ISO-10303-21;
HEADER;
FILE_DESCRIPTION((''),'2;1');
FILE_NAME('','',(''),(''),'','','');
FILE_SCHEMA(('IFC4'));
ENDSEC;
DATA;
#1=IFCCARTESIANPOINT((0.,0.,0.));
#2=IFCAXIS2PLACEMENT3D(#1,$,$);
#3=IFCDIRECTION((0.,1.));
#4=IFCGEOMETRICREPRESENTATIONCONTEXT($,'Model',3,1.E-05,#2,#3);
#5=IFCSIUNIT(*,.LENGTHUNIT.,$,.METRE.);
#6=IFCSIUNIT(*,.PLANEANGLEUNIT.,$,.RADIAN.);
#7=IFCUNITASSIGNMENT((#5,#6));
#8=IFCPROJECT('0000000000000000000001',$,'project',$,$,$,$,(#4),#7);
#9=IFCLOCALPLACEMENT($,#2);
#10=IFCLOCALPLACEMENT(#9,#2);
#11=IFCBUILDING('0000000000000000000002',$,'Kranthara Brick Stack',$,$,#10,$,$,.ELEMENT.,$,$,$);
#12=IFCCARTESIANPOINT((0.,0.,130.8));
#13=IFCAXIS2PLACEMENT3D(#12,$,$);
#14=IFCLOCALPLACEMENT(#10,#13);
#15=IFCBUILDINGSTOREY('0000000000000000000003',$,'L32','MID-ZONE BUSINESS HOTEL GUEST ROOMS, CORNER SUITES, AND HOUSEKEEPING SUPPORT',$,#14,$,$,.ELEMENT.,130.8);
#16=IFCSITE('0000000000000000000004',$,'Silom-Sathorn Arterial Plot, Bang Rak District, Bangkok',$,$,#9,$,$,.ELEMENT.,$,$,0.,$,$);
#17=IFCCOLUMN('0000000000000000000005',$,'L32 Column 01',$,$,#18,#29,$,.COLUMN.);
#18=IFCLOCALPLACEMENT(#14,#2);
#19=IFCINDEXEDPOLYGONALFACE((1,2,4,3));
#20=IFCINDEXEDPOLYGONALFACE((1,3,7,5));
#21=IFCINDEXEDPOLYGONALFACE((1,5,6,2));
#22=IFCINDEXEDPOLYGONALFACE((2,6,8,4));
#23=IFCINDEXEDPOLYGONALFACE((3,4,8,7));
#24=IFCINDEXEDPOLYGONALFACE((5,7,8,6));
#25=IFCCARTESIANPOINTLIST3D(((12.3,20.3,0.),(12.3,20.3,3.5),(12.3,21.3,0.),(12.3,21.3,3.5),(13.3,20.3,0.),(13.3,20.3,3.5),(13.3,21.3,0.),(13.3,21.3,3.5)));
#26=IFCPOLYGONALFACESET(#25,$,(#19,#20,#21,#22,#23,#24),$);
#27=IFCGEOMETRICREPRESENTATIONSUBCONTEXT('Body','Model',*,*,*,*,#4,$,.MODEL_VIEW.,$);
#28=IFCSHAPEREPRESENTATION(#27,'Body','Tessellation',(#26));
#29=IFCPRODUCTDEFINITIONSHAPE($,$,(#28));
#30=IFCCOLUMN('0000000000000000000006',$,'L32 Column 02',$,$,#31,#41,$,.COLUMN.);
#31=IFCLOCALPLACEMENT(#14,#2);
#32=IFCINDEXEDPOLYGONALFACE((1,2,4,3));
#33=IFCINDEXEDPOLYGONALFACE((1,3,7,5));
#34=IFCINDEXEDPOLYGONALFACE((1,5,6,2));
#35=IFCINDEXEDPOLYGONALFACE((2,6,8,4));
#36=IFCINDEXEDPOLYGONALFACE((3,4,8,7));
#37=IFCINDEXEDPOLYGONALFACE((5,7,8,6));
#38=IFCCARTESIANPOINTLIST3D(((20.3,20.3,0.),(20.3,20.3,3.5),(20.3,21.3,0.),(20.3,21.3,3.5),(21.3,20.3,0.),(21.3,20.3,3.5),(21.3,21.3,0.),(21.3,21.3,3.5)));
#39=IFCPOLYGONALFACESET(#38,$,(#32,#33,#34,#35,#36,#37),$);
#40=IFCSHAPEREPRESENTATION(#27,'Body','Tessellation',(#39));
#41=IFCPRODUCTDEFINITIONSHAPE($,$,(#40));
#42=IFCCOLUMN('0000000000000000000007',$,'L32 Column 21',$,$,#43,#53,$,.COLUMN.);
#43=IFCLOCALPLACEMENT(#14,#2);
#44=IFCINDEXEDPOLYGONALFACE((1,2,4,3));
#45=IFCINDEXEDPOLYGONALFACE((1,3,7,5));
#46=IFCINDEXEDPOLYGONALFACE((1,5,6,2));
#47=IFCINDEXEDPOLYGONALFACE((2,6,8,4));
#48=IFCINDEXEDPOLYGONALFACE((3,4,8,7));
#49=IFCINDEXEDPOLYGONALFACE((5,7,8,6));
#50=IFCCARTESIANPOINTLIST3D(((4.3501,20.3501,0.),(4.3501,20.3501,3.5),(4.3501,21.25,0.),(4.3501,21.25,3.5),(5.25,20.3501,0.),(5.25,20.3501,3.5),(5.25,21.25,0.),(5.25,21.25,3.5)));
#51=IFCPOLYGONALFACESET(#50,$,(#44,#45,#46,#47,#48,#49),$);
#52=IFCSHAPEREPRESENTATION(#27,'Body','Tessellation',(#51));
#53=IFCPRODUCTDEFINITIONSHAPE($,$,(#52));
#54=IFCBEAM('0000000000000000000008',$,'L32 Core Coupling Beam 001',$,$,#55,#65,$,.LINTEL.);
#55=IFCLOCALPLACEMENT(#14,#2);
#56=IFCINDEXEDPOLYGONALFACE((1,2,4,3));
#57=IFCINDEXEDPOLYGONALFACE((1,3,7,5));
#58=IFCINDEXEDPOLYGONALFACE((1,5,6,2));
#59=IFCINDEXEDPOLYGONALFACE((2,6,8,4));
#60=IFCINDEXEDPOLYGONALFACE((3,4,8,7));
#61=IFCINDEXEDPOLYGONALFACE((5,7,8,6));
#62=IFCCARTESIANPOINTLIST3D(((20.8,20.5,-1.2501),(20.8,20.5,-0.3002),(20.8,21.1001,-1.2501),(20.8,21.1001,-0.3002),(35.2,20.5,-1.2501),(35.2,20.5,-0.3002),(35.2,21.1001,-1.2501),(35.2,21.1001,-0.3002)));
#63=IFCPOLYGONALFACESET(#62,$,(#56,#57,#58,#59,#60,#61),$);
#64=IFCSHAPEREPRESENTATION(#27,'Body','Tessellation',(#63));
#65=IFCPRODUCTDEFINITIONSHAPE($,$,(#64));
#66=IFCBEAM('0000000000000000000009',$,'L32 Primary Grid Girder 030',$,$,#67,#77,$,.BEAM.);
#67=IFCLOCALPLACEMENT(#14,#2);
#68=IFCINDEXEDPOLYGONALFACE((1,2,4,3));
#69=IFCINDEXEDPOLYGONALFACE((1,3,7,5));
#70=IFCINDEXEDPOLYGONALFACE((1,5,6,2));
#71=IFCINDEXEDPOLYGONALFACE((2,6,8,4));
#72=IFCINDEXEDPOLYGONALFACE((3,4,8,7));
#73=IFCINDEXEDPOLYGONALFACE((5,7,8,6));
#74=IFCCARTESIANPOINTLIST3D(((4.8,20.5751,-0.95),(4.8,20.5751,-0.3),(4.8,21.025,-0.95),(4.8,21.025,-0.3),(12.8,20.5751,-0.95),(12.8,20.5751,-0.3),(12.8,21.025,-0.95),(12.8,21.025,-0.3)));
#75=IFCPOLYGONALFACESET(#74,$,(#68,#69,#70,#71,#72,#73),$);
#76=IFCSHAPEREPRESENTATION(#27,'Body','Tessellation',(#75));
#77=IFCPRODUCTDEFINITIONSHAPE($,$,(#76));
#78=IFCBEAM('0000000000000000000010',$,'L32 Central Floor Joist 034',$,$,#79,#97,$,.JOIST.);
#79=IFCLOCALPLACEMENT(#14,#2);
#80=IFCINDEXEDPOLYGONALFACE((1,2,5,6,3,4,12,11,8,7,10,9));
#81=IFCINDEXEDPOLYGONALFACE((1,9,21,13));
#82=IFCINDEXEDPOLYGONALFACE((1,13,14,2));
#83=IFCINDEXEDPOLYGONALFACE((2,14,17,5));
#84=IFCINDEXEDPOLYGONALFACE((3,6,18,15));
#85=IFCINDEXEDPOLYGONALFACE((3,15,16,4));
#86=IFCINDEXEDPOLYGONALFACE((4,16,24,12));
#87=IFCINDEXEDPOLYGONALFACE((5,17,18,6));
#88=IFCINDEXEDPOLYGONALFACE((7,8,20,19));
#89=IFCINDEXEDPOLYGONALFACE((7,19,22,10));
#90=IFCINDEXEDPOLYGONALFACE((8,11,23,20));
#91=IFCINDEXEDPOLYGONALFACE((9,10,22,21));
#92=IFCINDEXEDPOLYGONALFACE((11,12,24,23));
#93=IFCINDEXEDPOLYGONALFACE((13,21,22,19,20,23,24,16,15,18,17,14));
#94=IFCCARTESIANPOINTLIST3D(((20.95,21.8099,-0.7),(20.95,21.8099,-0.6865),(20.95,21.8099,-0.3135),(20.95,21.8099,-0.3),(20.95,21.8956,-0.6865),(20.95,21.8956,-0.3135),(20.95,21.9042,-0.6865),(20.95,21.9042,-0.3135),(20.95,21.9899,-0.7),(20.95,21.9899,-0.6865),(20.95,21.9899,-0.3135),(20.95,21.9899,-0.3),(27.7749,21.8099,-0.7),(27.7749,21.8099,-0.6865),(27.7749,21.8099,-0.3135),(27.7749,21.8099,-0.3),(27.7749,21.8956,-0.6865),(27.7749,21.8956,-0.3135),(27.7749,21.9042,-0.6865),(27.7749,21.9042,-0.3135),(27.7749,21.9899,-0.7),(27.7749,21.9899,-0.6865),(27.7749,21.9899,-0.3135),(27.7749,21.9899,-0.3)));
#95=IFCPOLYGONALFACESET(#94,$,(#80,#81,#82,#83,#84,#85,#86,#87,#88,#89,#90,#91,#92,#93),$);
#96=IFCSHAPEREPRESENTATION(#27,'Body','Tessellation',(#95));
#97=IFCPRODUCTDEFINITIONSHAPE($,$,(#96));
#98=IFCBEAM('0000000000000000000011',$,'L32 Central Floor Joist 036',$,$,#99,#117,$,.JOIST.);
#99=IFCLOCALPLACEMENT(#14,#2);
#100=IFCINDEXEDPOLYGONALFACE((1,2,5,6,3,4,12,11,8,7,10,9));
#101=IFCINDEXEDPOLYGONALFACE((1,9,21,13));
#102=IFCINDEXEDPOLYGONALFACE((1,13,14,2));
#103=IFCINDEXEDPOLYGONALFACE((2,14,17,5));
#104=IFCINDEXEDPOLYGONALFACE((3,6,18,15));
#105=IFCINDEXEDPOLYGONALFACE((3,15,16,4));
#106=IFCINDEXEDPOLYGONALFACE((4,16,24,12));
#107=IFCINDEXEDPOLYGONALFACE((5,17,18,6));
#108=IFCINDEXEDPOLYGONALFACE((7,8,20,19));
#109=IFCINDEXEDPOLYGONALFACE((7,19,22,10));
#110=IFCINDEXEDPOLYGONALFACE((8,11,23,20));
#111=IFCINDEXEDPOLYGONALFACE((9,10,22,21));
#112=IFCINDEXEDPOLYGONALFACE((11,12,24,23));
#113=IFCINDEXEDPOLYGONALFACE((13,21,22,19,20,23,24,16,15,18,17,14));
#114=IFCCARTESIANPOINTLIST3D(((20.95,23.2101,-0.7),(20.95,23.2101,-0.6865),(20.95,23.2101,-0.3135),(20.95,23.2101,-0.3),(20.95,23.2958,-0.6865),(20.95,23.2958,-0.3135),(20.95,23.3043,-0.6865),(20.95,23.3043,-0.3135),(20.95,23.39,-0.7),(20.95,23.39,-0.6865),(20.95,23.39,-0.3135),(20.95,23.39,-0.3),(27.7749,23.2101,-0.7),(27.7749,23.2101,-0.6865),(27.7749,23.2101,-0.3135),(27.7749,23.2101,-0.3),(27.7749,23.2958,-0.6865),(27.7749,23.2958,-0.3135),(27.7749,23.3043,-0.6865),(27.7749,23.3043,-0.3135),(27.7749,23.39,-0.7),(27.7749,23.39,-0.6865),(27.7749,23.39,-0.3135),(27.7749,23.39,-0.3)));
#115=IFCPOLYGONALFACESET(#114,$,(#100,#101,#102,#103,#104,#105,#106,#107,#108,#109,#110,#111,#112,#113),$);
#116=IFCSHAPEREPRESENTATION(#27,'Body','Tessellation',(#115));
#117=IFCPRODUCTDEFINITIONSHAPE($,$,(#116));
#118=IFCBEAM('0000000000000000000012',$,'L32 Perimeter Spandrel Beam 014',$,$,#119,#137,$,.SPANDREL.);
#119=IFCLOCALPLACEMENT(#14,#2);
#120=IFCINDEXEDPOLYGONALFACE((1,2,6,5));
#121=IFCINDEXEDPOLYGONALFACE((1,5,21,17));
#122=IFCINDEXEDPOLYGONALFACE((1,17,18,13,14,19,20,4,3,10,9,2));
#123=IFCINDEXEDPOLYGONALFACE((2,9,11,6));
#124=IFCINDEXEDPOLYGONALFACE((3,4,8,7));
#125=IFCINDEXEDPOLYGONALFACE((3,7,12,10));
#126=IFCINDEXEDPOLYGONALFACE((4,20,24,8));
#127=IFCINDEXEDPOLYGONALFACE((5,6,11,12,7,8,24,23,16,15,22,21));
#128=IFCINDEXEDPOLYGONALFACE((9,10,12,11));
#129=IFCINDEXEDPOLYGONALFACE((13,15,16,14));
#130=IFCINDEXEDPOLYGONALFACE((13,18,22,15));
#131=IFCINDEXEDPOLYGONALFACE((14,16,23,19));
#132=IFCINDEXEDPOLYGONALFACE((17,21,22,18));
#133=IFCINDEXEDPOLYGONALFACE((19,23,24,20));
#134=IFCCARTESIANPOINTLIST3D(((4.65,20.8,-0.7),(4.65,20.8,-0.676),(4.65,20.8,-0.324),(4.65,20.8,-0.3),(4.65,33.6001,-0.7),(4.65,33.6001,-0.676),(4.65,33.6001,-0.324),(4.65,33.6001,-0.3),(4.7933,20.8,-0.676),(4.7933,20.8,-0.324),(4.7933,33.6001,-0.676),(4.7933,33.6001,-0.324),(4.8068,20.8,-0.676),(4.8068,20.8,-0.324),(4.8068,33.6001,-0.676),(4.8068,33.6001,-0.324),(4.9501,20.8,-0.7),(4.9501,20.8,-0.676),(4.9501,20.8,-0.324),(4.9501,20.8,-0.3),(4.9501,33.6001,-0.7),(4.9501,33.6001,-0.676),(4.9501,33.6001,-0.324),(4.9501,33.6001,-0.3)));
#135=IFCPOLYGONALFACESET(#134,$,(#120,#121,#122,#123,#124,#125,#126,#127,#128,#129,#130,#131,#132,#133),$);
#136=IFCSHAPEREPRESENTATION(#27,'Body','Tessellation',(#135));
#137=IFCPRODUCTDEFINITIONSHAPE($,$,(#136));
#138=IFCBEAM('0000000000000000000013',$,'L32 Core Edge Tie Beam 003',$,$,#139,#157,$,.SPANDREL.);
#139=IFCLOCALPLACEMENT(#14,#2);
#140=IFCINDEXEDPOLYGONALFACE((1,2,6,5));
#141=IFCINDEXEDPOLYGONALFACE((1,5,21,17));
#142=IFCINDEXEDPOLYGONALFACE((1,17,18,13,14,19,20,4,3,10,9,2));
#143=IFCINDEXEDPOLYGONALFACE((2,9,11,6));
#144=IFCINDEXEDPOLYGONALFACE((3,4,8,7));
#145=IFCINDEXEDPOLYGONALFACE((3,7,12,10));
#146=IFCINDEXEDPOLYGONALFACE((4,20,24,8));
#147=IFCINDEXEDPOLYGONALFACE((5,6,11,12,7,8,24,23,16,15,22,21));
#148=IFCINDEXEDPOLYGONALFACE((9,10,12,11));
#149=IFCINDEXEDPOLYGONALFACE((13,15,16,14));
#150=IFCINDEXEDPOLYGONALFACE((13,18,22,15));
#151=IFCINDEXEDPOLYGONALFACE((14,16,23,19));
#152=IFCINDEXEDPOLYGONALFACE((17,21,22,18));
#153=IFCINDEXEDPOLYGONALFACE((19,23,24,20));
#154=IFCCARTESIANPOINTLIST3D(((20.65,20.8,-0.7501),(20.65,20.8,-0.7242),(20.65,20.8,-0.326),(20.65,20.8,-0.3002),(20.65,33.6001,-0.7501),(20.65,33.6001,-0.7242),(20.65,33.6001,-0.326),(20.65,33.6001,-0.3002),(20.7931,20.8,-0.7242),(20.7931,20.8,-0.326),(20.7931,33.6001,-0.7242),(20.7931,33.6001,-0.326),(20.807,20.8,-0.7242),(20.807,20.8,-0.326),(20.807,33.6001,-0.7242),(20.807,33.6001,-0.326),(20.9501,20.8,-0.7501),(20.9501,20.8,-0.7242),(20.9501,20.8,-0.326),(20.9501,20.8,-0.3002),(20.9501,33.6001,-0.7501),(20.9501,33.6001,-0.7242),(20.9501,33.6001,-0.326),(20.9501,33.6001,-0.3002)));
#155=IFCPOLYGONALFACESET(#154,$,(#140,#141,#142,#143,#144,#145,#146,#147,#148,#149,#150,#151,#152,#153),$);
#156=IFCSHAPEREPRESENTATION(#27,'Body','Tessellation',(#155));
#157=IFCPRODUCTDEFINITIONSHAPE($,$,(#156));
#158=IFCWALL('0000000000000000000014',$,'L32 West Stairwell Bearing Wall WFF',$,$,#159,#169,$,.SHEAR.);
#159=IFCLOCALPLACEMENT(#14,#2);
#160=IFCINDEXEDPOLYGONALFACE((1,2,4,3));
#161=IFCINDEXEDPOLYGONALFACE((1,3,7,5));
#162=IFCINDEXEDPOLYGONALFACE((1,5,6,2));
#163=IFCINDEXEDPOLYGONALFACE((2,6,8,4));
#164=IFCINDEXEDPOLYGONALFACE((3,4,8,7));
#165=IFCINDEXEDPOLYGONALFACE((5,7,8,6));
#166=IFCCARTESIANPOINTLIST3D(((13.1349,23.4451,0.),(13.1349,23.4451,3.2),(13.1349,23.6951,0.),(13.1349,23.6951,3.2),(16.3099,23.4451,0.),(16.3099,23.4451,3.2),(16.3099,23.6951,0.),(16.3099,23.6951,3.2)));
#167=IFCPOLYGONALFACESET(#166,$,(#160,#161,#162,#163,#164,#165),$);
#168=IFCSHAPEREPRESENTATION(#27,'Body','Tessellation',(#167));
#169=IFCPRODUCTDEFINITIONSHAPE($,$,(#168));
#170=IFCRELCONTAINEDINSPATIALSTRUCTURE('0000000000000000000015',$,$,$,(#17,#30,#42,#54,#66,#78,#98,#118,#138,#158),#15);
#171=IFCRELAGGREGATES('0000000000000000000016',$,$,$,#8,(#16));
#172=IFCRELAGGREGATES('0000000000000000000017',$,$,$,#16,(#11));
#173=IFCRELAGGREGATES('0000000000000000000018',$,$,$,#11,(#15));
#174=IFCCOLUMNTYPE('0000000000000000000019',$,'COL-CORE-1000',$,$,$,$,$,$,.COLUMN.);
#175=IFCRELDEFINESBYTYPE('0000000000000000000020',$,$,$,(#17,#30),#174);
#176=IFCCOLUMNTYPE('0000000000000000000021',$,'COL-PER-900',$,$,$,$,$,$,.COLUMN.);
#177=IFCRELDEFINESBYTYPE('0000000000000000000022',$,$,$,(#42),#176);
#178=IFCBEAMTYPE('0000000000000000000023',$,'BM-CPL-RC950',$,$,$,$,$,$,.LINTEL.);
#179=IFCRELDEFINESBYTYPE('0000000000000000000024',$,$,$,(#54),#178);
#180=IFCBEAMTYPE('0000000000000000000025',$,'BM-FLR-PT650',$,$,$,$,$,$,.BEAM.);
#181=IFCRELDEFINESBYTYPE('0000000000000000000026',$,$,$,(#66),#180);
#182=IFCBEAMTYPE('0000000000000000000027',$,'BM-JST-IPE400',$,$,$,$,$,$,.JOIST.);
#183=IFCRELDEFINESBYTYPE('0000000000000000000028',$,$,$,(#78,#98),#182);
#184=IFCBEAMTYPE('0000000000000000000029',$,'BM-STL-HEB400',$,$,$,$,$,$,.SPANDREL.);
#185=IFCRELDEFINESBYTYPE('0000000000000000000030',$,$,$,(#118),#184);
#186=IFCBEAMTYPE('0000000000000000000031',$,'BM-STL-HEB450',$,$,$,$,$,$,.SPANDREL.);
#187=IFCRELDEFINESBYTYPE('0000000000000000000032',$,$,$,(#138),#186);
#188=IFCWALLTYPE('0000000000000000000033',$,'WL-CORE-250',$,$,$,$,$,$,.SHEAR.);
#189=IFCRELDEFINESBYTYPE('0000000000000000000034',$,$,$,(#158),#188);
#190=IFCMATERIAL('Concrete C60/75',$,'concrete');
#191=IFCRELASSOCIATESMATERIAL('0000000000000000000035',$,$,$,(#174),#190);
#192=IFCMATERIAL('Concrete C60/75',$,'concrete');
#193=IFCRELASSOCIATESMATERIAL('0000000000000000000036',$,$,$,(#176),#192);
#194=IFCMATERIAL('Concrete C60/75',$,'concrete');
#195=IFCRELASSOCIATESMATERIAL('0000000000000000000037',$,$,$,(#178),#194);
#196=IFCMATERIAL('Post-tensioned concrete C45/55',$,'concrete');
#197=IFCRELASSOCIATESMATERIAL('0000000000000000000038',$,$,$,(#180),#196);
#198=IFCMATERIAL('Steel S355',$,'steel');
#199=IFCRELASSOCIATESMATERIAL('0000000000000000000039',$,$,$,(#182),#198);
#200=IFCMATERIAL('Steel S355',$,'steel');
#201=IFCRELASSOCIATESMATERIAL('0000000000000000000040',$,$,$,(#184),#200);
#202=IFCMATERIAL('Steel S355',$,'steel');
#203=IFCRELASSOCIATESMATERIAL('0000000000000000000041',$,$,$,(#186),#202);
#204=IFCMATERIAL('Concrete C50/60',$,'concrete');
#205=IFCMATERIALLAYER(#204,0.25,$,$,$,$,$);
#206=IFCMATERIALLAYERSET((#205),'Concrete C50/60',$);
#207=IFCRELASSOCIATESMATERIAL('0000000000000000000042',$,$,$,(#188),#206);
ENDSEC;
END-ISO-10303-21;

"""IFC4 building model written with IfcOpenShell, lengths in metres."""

from ifc_helpers import new_model, si_unit, direction, frame, frame_2d, origin, origin_2d, place, context, subcontext, project, spatial, rectangle, i_section, extrude, material, layer, layer_set, material_profile, profile_set, type_object, element, save


model = new_model("IFC4")

# Units and contexts
model_context = context("Model", 3, precision=1e-05, world=origin(), true_north=direction((0.0, 1.0)))
body_context = subcontext(model_context, "Body", "Model", "MODEL_VIEW")
ifc_project = project(units=[si_unit("LENGTHUNIT", "METRE"), si_unit("PLANEANGLEUNIT", "RADIAN")], contexts=[model_context])

# Site, building, storey
site_placement = place(None, origin())
site = spatial("IfcSite", under=ifc_project, at=site_placement, Name="Silom-Sathorn Arterial Plot, Bang Rak District, Bangkok", CompositionType="ELEMENT", RefElevation=0.0)
building_placement = place(site_placement, origin())
building = spatial("IfcBuilding", under=site, at=building_placement, Name="Kranthara Brick Stack", CompositionType="ELEMENT")
storey_placement = place(building_placement, frame((0.0, 0.0, 130.8)))
storey = spatial("IfcBuildingStorey", under=building, at=storey_placement, Name="L32", Description="MID-ZONE BUSINESS HOTEL GUEST ROOMS, CORNER SUITES, AND HOUSEKEEPING SUPPORT", CompositionType="ELEMENT", Elevation=130.8)

# Columns
ifc_material_1 = material(Name="Concrete C60/75", Category="concrete")
ifc_material_profile_1 = material_profile(ifc_material_1, rectangle(XDim=1.0, YDim=1.0, at=origin_2d()), Name="RC 1000x1000")
ifc_profile_set_1 = profile_set([ifc_material_profile_1], Name="Concrete C60/75")
column_type_1 = type_object("IfcColumnType", Name="COL-CORE-1000", PredefinedType="COLUMN", material=ifc_profile_set_1)
for number, where, z_axis, x_axis, name in (
    (1, (12.8, 20.8, 0.0), (0.0, 0.0, 1.0), (1.0, 0.0, 0.0), "L32 Column 01"),
    (2, (20.8, 20.8, 0.0), (0.0, 0.0, 1.0), (1.0, 0.0, 0.0), "L32 Column 02"),
):
    element("IfcColumn", number, at=place(storey_placement, frame(where, z_axis=z_axis, x_axis=x_axis)), inside=storey, type_object=column_type_1, Name=name, PredefinedType="COLUMN", context=body_context, shape_type="SweptSolid", body=[
        extrude(rectangle(XDim=1.0, YDim=1.0, at=origin_2d()), origin(), (0.0, 0.0, 1.0), 3.5),
    ])
ifc_material_2 = material(Name="Concrete C60/75", Category="concrete")
ifc_material_profile_2 = material_profile(ifc_material_2, rectangle(XDim=0.8999, YDim=0.8999, at=origin_2d()), Name="RC 900x900")
ifc_profile_set_2 = profile_set([ifc_material_profile_2], Name="Concrete C60/75")
column_type_2 = type_object("IfcColumnType", Name="COL-PER-900", PredefinedType="COLUMN", material=ifc_profile_set_2)
column_placement = place(storey_placement, frame((4.8, 20.8, 0.0), z_axis=(0.0, 0.0, 1.0), x_axis=(1.0, 0.0, 0.0)))
element("IfcColumn", 3, at=column_placement, inside=storey, type_object=column_type_2, Name="L32 Column 21", PredefinedType="COLUMN", context=body_context, shape_type="SweptSolid", body=[
    extrude(rectangle(XDim=0.8999, YDim=0.8999, at=origin_2d()), origin(), (0.0, 0.0, 1.0), 3.5),
])

# Beams
ifc_material_3 = material(Name="Concrete C60/75", Category="concrete")
ifc_material_profile_3 = material_profile(ifc_material_3, rectangle(XDim=0.6001, YDim=0.95, at=origin_2d()), Name="RC 600x950")
ifc_profile_set_3 = profile_set([ifc_material_profile_3], Name="Concrete C60/75")
beam_type_1 = type_object("IfcBeamType", Name="BM-CPL-RC950", PredefinedType="LINTEL", material=ifc_profile_set_3)
beam_1_placement = place(storey_placement, frame((20.8, 20.8, -0.7751), z_axis=(1.0, 0.0, 0.0), x_axis=(0.0, 1.0, 0.0)))
element("IfcBeam", 4, at=beam_1_placement, inside=storey, type_object=beam_type_1, Name="L32 Core Coupling Beam 001", PredefinedType="LINTEL", context=body_context, shape_type="SweptSolid", body=[
    extrude(rectangle(XDim=0.6001, YDim=0.95, at=origin_2d()), origin(), (0.0, 0.0, 1.0), 14.3999),
])
ifc_material_4 = material(Name="Post-tensioned concrete C45/55", Category="concrete")
ifc_material_profile_4 = material_profile(ifc_material_4, rectangle(XDim=0.45, YDim=0.6499, at=origin_2d()), Name="PT 450x650")
ifc_profile_set_4 = profile_set([ifc_material_profile_4], Name="Post-tensioned concrete C45/55")
beam_type_2 = type_object("IfcBeamType", Name="BM-FLR-PT650", PredefinedType="BEAM", material=ifc_profile_set_4)
beam_2_placement = place(storey_placement, frame((4.8, 20.8, -0.625), z_axis=(1.0, 0.0, 0.0), x_axis=(0.0, 1.0, 0.0)))
element("IfcBeam", 5, at=beam_2_placement, inside=storey, type_object=beam_type_2, Name="L32 Primary Grid Girder 030", PredefinedType="BEAM", context=body_context, shape_type="SweptSolid", body=[
    extrude(rectangle(XDim=0.45, YDim=0.6499, at=origin_2d()), origin(), (0.0, 0.0, 1.0), 8.0),
])
ifc_material_5 = material(Name="Steel S355", Category="steel")
ifc_material_profile_5 = material_profile(ifc_material_5, i_section(OverallWidth=0.1799, OverallDepth=0.3999, WebThickness=0.0085, FlangeThickness=0.0134, at=origin_2d()), Name="IPE 400")
ifc_profile_set_5 = profile_set([ifc_material_profile_5], Name="Steel S355")
beam_type_3 = type_object("IfcBeamType", Name="BM-JST-IPE400", PredefinedType="JOIST", material=ifc_profile_set_5)
for number, where, z_axis, x_axis, name in (
    (6, (20.95, 21.8999, -0.5), (1.0, 0.0, 0.0), (0.0, 1.0, 0.0), "L32 Central Floor Joist 034"),
    (7, (20.95, 23.3, -0.5), (1.0, 0.0, 0.0), (0.0, 1.0, 0.0), "L32 Central Floor Joist 036"),
):
    element("IfcBeam", number, at=place(storey_placement, frame(where, z_axis=z_axis, x_axis=x_axis)), inside=storey, type_object=beam_type_3, Name=name, PredefinedType="JOIST", context=body_context, shape_type="SweptSolid", body=[
        extrude(i_section(OverallWidth=0.1799, OverallDepth=0.3999, WebThickness=0.0085, FlangeThickness=0.0134, at=origin_2d()), origin(), (0.0, 0.0, 1.0), 6.825),
    ])
ifc_material_6 = material(Name="Steel S355", Category="steel")
ifc_material_profile_6 = material_profile(ifc_material_6, i_section(OverallWidth=0.3, OverallDepth=0.3999, WebThickness=0.0134, FlangeThickness=0.0239, at=origin_2d()), Name="HEB 400")
ifc_profile_set_6 = profile_set([ifc_material_profile_6], Name="Steel S355")
beam_type_4 = type_object("IfcBeamType", Name="BM-STL-HEB400", PredefinedType="SPANDREL", material=ifc_profile_set_6)
beam_3_placement = place(storey_placement, frame((4.8, 20.8, -0.5), z_axis=(0.0, 1.0, 0.0), x_axis=(-1.0, 0.0, 0.0)))
element("IfcBeam", 8, at=beam_3_placement, inside=storey, type_object=beam_type_4, Name="L32 Perimeter Spandrel Beam 014", PredefinedType="SPANDREL", context=body_context, shape_type="SweptSolid", body=[
    extrude(i_section(OverallWidth=0.3, OverallDepth=0.3999, WebThickness=0.0134, FlangeThickness=0.0239, at=origin_2d()), origin(), (0.0, 0.0, 1.0), 12.8),
])
ifc_material_7 = material(Name="Steel S355", Category="steel")
ifc_material_profile_7 = material_profile(ifc_material_7, i_section(OverallWidth=0.3, OverallDepth=0.45, WebThickness=0.0139, FlangeThickness=0.0259, at=origin_2d()), Name="HEB 450")
ifc_profile_set_7 = profile_set([ifc_material_profile_7], Name="Steel S355")
beam_type_5 = type_object("IfcBeamType", Name="BM-STL-HEB450", PredefinedType="SPANDREL", material=ifc_profile_set_7)
beam_4_placement = place(storey_placement, frame((20.8, 20.8, -0.5251), z_axis=(0.0, 1.0, 0.0), x_axis=(-1.0, 0.0, 0.0)))
element("IfcBeam", 9, at=beam_4_placement, inside=storey, type_object=beam_type_5, Name="L32 Core Edge Tie Beam 003", PredefinedType="SPANDREL", context=body_context, shape_type="SweptSolid", body=[
    extrude(i_section(OverallWidth=0.3, OverallDepth=0.45, WebThickness=0.0139, FlangeThickness=0.0259, at=origin_2d()), origin(), (0.0, 0.0, 1.0), 12.8),
])

# Shared definitions
ifc_material_8 = material(Name="Concrete C50/60", Category="concrete")
ifc_layer_1 = layer(ifc_material_8, 0.25)
ifc_layer_set_1 = layer_set([ifc_layer_1], Name="Concrete C50/60")
wall_type_1 = type_object("IfcWallType", Name="WL-CORE-250", PredefinedType="SHEAR", material=ifc_layer_set_1)

# Wall
wall_1_placement = place(storey_placement, frame((13.135, 23.5701, 0.0), z_axis=(0.0, 0.0, 1.0), x_axis=(1.0, 0.0, 0.0)))
element("IfcWall", 10, at=wall_1_placement, inside=storey, type_object=wall_type_1, Name="L32 West Stairwell Bearing Wall WFF", PredefinedType="SHEAR", context=body_context, shape_type="SweptSolid", body=[
    extrude(rectangle(XDim=3.175, YDim=0.25, at=frame_2d((1.5874, 0.0))), origin(), (0.0, 0.0, 1.0), 3.2),
])

save(model, "model.ifc")
